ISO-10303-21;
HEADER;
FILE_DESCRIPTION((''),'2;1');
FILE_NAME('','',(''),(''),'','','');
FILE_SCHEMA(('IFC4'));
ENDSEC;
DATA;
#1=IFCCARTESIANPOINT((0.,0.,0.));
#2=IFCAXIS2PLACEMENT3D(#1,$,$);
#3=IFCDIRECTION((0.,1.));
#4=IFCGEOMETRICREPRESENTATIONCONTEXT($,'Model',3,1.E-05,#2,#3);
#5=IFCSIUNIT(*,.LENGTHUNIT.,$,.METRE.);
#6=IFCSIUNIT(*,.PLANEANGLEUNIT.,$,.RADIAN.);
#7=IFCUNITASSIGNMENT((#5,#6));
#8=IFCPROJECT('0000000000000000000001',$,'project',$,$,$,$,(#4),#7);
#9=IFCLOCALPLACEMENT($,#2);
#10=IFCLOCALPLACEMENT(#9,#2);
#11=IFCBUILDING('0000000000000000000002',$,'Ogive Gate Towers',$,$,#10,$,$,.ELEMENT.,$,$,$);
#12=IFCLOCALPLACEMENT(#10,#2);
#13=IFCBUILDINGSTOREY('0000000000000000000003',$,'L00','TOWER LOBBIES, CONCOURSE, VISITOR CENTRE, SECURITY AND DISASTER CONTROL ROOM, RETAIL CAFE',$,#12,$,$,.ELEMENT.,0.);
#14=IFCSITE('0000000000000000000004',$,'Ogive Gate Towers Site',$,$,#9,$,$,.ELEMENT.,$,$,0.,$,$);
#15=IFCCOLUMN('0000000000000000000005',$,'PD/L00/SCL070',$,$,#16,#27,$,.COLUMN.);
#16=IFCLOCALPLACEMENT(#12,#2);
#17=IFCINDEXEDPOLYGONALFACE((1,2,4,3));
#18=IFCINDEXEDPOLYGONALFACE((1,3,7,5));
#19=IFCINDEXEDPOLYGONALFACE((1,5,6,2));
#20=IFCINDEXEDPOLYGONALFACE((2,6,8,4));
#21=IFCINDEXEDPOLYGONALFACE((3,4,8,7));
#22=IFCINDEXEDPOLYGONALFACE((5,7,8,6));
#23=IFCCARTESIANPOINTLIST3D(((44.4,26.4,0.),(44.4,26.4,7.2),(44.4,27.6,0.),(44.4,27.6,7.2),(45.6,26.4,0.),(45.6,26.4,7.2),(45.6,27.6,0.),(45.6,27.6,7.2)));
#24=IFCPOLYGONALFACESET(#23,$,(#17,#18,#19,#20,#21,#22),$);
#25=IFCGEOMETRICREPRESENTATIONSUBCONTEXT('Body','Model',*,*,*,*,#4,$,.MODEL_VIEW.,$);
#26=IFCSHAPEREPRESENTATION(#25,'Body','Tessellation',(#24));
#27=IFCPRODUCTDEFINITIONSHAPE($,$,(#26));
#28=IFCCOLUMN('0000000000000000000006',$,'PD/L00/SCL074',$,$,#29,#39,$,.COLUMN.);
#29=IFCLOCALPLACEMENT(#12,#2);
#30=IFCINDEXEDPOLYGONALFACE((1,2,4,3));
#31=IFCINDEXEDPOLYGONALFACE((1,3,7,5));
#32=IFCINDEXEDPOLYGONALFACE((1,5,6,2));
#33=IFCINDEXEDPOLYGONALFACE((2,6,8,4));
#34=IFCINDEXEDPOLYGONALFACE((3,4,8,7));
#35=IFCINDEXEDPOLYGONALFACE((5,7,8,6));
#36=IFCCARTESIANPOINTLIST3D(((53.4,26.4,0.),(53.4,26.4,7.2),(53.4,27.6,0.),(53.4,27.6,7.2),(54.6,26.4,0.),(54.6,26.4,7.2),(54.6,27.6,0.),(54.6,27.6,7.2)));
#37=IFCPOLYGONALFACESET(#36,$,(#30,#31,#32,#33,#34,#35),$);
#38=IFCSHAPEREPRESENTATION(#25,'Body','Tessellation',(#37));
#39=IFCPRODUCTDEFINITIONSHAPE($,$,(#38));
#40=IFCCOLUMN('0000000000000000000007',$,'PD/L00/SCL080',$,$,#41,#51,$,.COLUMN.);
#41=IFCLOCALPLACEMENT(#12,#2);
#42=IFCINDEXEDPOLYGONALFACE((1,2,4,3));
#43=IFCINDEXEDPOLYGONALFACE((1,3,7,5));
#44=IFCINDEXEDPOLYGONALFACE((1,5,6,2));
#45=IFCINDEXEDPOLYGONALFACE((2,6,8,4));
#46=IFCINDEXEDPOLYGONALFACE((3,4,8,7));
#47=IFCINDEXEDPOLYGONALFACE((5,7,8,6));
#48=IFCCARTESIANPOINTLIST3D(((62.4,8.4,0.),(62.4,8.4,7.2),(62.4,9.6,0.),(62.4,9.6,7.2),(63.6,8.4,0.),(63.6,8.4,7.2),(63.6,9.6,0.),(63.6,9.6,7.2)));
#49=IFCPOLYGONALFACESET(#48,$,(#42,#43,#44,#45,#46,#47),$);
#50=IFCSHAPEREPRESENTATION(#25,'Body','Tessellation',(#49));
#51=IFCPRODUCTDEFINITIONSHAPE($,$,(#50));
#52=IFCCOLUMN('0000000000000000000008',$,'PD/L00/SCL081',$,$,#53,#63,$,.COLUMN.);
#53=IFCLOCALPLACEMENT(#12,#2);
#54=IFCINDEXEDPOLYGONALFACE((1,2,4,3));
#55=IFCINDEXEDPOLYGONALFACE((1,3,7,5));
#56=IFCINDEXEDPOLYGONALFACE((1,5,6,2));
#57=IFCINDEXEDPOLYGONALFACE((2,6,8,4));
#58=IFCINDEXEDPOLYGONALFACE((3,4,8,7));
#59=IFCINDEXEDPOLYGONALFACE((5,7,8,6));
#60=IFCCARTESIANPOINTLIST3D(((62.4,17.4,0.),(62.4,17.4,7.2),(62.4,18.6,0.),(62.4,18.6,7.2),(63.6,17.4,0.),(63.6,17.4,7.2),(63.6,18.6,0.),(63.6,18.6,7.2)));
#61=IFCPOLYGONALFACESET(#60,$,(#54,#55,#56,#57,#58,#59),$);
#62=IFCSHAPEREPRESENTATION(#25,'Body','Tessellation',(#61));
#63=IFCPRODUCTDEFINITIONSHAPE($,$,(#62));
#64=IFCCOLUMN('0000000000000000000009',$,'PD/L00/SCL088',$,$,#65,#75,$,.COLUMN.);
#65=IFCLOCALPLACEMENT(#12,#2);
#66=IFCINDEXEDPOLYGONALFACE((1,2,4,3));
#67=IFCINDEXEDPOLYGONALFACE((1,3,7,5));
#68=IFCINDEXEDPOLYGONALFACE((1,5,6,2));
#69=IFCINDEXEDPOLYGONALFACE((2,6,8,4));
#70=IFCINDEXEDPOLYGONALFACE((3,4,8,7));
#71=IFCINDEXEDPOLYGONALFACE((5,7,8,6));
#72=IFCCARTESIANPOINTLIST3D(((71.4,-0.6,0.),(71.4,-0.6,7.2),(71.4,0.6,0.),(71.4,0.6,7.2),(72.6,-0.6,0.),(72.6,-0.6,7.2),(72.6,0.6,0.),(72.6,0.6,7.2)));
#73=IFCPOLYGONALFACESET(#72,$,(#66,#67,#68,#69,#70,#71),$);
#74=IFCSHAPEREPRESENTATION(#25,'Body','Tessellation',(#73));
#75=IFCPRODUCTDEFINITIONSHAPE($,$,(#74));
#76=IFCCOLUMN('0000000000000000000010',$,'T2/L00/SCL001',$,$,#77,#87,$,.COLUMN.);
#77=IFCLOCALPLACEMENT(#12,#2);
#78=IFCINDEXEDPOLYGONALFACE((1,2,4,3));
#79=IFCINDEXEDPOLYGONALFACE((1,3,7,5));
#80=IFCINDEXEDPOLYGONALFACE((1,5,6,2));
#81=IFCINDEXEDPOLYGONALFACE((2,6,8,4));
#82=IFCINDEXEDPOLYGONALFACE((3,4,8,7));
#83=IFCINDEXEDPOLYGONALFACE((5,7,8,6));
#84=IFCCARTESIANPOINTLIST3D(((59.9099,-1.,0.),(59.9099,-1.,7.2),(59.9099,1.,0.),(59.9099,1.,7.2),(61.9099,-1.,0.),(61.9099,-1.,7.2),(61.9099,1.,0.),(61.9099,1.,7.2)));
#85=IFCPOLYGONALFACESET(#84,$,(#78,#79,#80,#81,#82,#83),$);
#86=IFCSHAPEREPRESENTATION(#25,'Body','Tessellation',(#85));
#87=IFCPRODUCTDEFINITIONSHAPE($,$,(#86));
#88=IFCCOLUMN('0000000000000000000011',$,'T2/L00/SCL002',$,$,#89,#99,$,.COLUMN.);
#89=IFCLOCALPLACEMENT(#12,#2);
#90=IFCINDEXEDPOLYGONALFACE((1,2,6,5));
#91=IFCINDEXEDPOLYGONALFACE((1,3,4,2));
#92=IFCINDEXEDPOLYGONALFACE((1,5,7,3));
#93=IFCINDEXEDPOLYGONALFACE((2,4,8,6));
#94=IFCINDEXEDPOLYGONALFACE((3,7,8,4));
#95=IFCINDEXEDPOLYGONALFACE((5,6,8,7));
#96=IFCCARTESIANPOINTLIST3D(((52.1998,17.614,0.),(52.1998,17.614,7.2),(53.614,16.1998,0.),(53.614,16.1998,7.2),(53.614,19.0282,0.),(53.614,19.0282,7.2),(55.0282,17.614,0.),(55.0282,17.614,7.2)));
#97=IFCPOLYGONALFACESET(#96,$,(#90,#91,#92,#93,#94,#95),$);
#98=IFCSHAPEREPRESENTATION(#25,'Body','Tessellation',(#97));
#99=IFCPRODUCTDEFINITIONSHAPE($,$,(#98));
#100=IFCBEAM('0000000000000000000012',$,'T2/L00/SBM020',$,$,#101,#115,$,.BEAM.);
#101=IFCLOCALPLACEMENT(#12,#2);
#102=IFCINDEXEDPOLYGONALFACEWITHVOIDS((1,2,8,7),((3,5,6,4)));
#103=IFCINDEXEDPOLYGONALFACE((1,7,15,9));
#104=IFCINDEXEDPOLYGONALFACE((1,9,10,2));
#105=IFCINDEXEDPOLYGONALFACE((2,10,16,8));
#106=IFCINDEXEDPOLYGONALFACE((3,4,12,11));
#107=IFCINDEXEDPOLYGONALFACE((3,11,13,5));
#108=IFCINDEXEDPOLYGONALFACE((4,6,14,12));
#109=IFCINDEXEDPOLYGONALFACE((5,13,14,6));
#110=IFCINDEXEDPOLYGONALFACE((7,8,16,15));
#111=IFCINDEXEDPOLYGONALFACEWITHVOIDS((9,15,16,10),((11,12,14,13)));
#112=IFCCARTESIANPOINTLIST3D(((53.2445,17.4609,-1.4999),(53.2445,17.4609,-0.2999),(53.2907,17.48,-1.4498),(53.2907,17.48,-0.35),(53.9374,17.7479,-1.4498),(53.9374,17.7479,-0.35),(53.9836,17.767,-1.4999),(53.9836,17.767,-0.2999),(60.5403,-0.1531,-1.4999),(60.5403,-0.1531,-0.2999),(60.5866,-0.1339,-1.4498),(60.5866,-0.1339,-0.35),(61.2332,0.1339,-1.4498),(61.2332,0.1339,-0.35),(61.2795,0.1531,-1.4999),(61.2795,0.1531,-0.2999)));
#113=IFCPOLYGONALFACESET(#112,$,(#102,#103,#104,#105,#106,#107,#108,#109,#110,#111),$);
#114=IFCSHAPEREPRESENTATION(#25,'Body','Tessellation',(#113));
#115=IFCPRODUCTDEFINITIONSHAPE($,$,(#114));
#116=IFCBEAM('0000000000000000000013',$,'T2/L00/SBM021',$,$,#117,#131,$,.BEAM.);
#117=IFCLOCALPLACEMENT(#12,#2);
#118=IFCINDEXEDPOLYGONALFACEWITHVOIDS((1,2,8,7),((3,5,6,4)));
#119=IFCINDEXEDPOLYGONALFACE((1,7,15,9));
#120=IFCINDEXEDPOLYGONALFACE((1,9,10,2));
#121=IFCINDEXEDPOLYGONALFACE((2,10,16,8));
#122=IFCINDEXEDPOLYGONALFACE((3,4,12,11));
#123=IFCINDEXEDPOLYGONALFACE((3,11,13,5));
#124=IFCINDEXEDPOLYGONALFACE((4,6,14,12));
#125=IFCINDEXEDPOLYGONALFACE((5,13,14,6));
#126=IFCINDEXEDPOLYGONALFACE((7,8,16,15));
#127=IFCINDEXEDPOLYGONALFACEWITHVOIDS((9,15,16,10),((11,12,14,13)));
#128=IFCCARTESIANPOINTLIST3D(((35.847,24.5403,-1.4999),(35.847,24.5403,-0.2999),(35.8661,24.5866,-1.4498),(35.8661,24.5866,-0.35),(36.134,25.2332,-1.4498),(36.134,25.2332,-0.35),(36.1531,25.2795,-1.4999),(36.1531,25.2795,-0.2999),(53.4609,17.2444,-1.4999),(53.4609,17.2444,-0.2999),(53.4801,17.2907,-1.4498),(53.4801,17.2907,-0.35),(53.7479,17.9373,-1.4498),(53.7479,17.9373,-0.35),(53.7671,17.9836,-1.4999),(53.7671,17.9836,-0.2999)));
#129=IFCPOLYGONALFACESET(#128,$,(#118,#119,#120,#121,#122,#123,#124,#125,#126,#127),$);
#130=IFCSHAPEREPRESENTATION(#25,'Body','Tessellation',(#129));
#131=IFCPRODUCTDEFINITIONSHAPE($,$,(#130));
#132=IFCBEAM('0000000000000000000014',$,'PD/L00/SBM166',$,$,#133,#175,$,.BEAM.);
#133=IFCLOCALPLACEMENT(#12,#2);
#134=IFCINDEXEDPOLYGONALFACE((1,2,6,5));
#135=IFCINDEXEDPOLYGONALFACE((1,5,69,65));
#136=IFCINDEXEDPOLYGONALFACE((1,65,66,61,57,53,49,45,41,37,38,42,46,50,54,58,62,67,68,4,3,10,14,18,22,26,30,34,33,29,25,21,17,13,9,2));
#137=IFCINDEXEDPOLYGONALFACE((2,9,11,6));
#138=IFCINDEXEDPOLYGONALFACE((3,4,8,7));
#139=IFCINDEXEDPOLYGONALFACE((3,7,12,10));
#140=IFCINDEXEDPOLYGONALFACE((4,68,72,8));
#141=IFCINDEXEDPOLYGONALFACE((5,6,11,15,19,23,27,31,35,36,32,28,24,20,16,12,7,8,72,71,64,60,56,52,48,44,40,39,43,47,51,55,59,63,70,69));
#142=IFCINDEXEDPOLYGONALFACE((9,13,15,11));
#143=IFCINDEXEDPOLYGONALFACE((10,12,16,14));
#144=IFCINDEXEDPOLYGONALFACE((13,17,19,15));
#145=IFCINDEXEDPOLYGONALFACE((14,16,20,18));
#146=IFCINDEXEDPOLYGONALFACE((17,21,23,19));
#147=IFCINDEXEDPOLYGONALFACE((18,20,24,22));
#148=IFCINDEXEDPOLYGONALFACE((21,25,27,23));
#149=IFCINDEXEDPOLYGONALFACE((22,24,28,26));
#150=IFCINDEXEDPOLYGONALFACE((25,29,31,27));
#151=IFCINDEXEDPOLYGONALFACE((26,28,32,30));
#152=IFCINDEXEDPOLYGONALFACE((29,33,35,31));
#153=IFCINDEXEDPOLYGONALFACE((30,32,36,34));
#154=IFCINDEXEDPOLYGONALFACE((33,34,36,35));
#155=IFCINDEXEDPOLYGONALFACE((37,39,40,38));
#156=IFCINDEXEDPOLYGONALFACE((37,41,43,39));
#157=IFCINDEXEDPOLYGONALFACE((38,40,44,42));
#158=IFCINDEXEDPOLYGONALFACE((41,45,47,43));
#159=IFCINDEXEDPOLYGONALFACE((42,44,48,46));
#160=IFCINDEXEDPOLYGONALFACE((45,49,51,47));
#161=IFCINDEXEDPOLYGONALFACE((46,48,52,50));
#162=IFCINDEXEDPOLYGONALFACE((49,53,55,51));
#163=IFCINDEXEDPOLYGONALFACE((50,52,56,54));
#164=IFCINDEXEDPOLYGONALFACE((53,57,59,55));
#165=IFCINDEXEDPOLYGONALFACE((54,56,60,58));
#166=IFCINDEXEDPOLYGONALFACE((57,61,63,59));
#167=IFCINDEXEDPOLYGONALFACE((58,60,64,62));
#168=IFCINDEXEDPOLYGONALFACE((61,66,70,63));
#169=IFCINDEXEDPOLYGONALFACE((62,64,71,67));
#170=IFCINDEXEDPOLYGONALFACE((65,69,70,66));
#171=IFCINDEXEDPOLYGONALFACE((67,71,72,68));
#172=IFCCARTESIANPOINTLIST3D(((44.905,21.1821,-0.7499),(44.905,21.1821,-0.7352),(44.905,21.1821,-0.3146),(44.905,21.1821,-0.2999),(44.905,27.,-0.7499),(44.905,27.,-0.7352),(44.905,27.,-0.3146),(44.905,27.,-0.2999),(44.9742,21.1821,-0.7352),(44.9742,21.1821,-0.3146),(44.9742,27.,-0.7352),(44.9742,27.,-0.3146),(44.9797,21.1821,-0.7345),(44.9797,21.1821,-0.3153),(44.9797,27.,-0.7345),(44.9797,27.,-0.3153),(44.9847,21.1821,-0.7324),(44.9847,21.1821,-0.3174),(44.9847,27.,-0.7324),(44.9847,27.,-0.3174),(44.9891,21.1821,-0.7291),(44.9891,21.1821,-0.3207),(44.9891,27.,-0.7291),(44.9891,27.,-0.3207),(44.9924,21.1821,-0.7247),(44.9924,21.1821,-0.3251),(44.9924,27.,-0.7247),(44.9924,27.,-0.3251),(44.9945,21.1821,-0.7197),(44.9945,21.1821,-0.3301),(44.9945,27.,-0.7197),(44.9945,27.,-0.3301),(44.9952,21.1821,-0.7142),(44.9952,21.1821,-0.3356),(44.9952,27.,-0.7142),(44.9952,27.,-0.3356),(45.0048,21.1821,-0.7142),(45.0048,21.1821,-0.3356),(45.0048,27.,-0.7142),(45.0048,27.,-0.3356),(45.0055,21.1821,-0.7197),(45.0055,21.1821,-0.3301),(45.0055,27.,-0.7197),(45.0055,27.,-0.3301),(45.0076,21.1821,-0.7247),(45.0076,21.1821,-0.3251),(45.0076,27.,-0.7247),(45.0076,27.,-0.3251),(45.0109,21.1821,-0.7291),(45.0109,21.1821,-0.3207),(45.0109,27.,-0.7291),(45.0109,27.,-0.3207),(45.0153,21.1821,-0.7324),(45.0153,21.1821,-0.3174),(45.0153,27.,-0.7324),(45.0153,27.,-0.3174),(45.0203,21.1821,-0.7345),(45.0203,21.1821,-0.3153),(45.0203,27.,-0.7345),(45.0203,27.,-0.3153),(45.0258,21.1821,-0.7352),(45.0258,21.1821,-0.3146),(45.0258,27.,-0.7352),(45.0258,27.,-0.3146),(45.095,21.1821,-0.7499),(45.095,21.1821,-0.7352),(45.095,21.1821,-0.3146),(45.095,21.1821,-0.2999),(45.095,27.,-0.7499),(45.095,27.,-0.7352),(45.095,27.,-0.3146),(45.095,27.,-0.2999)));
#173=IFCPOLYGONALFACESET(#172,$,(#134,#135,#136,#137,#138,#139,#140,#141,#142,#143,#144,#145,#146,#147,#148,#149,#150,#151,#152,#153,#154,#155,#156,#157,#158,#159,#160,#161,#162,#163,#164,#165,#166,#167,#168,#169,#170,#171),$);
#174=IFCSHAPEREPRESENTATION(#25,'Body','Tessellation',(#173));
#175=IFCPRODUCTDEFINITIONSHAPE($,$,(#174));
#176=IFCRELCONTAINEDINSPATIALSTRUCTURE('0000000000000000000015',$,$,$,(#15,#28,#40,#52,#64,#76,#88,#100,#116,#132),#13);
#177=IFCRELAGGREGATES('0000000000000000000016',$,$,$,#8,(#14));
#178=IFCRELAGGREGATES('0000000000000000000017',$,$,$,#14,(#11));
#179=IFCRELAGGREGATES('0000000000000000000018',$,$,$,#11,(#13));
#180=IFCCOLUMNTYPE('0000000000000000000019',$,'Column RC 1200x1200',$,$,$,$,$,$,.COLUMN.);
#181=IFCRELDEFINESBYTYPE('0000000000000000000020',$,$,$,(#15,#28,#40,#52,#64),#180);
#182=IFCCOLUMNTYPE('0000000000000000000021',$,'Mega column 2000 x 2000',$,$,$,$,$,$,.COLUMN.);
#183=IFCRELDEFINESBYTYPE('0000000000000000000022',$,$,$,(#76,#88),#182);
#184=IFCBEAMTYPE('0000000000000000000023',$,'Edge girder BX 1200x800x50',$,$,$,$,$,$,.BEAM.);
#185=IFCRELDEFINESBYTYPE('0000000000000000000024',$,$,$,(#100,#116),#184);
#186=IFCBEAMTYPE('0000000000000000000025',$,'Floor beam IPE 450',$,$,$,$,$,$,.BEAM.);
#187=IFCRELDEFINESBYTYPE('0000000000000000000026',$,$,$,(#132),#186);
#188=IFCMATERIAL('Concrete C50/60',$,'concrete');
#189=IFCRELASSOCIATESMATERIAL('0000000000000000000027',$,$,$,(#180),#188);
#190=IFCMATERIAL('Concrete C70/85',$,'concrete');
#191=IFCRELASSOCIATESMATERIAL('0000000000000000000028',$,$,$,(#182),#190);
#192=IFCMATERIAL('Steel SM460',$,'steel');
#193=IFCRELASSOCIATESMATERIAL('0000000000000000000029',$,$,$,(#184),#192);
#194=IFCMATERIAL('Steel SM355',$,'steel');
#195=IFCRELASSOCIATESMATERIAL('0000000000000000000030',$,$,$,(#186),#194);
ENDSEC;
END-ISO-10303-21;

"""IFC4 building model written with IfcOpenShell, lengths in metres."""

from ifc_helpers import new_model, si_unit, direction, frame, origin, origin_2d, place, context, subcontext, project, spatial, rectangle, hollow_rectangle, i_section, extrude, material, material_profile, profile_set, type_object, element, save


model = new_model("IFC4")

# Units and contexts
model_context = context("Model", 3, precision=1e-05, world=origin(), true_north=direction((0.0, 1.0)))
body_context = subcontext(model_context, "Body", "Model", "MODEL_VIEW")
ifc_project = project(units=[si_unit("LENGTHUNIT", "METRE"), si_unit("PLANEANGLEUNIT", "RADIAN")], contexts=[model_context])

# Site, building, storey
site_placement = place(None, origin())
site = spatial("IfcSite", under=ifc_project, at=site_placement, Name="Ogive Gate Towers Site", CompositionType="ELEMENT", RefElevation=0.0)
building_placement = place(site_placement, origin())
building = spatial("IfcBuilding", under=site, at=building_placement, Name="Ogive Gate Towers", CompositionType="ELEMENT")
storey_placement = place(building_placement, origin())
storey = spatial("IfcBuildingStorey", under=building, at=storey_placement, Name="L00", Description="TOWER LOBBIES, CONCOURSE, VISITOR CENTRE, SECURITY AND DISASTER CONTROL ROOM, RETAIL CAFE", CompositionType="ELEMENT", Elevation=0.0)

# Columns
ifc_material_1 = material(Name="Concrete C50/60", Category="concrete")
ifc_material_profile_1 = material_profile(ifc_material_1, rectangle(XDim=1.2, YDim=1.2, at=origin_2d()), Name="RC 1200x1200")
ifc_profile_set_1 = profile_set([ifc_material_profile_1], Name="Concrete C50/60")
column_type_1 = type_object("IfcColumnType", Name="Column RC 1200x1200", PredefinedType="COLUMN", material=ifc_profile_set_1)
for number, where, z_axis, x_axis, name in (
    (1, (45.0, 27.0, 0.0), (0.0, 0.0, 1.0), (1.0, 0.0, 0.0), "PD/L00/SCL070"),
    (2, (54.0, 27.0, 0.0), (0.0, 0.0, 1.0), (1.0, 0.0, 0.0), "PD/L00/SCL074"),
    (3, (63.0, 9.0, 0.0), (0.0, 0.0, 1.0), (1.0, 0.0, 0.0), "PD/L00/SCL080"),
    (4, (63.0, 18.0, 0.0), (0.0, 0.0, 1.0), (1.0, 0.0, 0.0), "PD/L00/SCL081"),
    (5, (72.0, 0.0, 0.0), (0.0, 0.0, 1.0), (1.0, 0.0, 0.0), "PD/L00/SCL088"),
):
    element("IfcColumn", number, at=place(storey_placement, frame(where, z_axis=z_axis, x_axis=x_axis)), inside=storey, type_object=column_type_1, Name=name, PredefinedType="COLUMN", context=body_context, shape_type="SweptSolid", body=[
        extrude(rectangle(XDim=1.2, YDim=1.2, at=origin_2d()), origin(), (0.0, 0.0, 1.0), 7.2),
    ])
ifc_material_2 = material(Name="Concrete C70/85", Category="concrete")
ifc_material_profile_2 = material_profile(ifc_material_2, rectangle(XDim=2.0, YDim=2.0, at=origin_2d()), Name="RC 2000x2000")
ifc_profile_set_2 = profile_set([ifc_material_profile_2], Name="Concrete C70/85")
column_type_2 = type_object("IfcColumnType", Name="Mega column 2000 x 2000", PredefinedType="COLUMN", material=ifc_profile_set_2)
for number, where, z_axis, x_axis, name in (
    (6, (60.9099, 0.0, 0.0), (0.0, 0.0, 1.0), (1.0, 0.0, 0.0), "T2/L00/SCL001"),
    (7, (53.614, 17.614, 0.0), (0.0, 0.0, 1.0), (0.707107, 0.707107, 0.0), "T2/L00/SCL002"),
):
    element("IfcColumn", number, at=place(storey_placement, frame(where, z_axis=z_axis, x_axis=x_axis)), inside=storey, type_object=column_type_2, Name=name, PredefinedType="COLUMN", context=body_context, shape_type="SweptSolid", body=[
        extrude(rectangle(XDim=2.0, YDim=2.0, at=origin_2d()), origin(), (0.0, 0.0, 1.0), 7.2),
    ])

# Beams
ifc_material_3 = material(Name="Steel SM460", Category="steel")
ifc_material_profile_3 = material_profile(ifc_material_3, hollow_rectangle(XDim=0.8, YDim=1.2, WallThickness=0.05, at=origin_2d()), Name="BX 1200x800x50")
ifc_profile_set_3 = profile_set([ifc_material_profile_3], Name="Steel SM460")
beam_type_1 = type_object("IfcBeamType", Name="Edge girder BX 1200x800x50", PredefinedType="BEAM", material=ifc_profile_set_3)
for number, where, z_axis, x_axis, name in (
    (8, (60.9099, 0.0, -0.8999), (-0.382681, 0.923881, 0.0), (-0.923881, -0.382681, 0.0), "T2/L00/SBM020"),
    (9, (53.614, 17.614, -0.8999), (-0.923881, 0.382681, 0.0), (-0.382681, -0.923881, 0.0), "T2/L00/SBM021"),
):
    element("IfcBeam", number, at=place(storey_placement, frame(where, z_axis=z_axis, x_axis=x_axis)), inside=storey, type_object=beam_type_1, Name=name, PredefinedType="BEAM", context=body_context, shape_type="SweptSolid", body=[
        extrude(hollow_rectangle(XDim=0.8, YDim=1.2, WallThickness=0.05, at=origin_2d()), origin(), (0.0, 0.0, 1.0), 19.0652),
    ])
ifc_material_4 = material(Name="Steel SM355", Category="steel")
ifc_material_profile_4 = material_profile(ifc_material_4, i_section(OverallWidth=0.1899, OverallDepth=0.45, WebThickness=0.0095, FlangeThickness=0.0146, FilletRadius=0.021, at=origin_2d()), Name="IPE 450")
ifc_profile_set_4 = profile_set([ifc_material_profile_4], Name="Steel SM355")
beam_type_2 = type_object("IfcBeamType", Name="Floor beam IPE 450", PredefinedType="BEAM", material=ifc_profile_set_4)
for number, where, z_axis, x_axis, name in (
    (10, (45.0, 27.0, -0.5249), (0.0, -1.0, 0.0), (1.0, 0.0, 0.0), "PD/L00/SBM166"),
):
    element("IfcBeam", number, at=place(storey_placement, frame(where, z_axis=z_axis, x_axis=x_axis)), inside=storey, type_object=beam_type_2, Name=name, PredefinedType="BEAM", context=body_context, shape_type="SweptSolid", body=[
        extrude(i_section(OverallWidth=0.1899, OverallDepth=0.45, WebThickness=0.0095, FlangeThickness=0.0146, FilletRadius=0.021, at=origin_2d()), origin(), (0.0, 0.0, 1.0), 5.8179),
    ])

save(model, "model.ifc")
